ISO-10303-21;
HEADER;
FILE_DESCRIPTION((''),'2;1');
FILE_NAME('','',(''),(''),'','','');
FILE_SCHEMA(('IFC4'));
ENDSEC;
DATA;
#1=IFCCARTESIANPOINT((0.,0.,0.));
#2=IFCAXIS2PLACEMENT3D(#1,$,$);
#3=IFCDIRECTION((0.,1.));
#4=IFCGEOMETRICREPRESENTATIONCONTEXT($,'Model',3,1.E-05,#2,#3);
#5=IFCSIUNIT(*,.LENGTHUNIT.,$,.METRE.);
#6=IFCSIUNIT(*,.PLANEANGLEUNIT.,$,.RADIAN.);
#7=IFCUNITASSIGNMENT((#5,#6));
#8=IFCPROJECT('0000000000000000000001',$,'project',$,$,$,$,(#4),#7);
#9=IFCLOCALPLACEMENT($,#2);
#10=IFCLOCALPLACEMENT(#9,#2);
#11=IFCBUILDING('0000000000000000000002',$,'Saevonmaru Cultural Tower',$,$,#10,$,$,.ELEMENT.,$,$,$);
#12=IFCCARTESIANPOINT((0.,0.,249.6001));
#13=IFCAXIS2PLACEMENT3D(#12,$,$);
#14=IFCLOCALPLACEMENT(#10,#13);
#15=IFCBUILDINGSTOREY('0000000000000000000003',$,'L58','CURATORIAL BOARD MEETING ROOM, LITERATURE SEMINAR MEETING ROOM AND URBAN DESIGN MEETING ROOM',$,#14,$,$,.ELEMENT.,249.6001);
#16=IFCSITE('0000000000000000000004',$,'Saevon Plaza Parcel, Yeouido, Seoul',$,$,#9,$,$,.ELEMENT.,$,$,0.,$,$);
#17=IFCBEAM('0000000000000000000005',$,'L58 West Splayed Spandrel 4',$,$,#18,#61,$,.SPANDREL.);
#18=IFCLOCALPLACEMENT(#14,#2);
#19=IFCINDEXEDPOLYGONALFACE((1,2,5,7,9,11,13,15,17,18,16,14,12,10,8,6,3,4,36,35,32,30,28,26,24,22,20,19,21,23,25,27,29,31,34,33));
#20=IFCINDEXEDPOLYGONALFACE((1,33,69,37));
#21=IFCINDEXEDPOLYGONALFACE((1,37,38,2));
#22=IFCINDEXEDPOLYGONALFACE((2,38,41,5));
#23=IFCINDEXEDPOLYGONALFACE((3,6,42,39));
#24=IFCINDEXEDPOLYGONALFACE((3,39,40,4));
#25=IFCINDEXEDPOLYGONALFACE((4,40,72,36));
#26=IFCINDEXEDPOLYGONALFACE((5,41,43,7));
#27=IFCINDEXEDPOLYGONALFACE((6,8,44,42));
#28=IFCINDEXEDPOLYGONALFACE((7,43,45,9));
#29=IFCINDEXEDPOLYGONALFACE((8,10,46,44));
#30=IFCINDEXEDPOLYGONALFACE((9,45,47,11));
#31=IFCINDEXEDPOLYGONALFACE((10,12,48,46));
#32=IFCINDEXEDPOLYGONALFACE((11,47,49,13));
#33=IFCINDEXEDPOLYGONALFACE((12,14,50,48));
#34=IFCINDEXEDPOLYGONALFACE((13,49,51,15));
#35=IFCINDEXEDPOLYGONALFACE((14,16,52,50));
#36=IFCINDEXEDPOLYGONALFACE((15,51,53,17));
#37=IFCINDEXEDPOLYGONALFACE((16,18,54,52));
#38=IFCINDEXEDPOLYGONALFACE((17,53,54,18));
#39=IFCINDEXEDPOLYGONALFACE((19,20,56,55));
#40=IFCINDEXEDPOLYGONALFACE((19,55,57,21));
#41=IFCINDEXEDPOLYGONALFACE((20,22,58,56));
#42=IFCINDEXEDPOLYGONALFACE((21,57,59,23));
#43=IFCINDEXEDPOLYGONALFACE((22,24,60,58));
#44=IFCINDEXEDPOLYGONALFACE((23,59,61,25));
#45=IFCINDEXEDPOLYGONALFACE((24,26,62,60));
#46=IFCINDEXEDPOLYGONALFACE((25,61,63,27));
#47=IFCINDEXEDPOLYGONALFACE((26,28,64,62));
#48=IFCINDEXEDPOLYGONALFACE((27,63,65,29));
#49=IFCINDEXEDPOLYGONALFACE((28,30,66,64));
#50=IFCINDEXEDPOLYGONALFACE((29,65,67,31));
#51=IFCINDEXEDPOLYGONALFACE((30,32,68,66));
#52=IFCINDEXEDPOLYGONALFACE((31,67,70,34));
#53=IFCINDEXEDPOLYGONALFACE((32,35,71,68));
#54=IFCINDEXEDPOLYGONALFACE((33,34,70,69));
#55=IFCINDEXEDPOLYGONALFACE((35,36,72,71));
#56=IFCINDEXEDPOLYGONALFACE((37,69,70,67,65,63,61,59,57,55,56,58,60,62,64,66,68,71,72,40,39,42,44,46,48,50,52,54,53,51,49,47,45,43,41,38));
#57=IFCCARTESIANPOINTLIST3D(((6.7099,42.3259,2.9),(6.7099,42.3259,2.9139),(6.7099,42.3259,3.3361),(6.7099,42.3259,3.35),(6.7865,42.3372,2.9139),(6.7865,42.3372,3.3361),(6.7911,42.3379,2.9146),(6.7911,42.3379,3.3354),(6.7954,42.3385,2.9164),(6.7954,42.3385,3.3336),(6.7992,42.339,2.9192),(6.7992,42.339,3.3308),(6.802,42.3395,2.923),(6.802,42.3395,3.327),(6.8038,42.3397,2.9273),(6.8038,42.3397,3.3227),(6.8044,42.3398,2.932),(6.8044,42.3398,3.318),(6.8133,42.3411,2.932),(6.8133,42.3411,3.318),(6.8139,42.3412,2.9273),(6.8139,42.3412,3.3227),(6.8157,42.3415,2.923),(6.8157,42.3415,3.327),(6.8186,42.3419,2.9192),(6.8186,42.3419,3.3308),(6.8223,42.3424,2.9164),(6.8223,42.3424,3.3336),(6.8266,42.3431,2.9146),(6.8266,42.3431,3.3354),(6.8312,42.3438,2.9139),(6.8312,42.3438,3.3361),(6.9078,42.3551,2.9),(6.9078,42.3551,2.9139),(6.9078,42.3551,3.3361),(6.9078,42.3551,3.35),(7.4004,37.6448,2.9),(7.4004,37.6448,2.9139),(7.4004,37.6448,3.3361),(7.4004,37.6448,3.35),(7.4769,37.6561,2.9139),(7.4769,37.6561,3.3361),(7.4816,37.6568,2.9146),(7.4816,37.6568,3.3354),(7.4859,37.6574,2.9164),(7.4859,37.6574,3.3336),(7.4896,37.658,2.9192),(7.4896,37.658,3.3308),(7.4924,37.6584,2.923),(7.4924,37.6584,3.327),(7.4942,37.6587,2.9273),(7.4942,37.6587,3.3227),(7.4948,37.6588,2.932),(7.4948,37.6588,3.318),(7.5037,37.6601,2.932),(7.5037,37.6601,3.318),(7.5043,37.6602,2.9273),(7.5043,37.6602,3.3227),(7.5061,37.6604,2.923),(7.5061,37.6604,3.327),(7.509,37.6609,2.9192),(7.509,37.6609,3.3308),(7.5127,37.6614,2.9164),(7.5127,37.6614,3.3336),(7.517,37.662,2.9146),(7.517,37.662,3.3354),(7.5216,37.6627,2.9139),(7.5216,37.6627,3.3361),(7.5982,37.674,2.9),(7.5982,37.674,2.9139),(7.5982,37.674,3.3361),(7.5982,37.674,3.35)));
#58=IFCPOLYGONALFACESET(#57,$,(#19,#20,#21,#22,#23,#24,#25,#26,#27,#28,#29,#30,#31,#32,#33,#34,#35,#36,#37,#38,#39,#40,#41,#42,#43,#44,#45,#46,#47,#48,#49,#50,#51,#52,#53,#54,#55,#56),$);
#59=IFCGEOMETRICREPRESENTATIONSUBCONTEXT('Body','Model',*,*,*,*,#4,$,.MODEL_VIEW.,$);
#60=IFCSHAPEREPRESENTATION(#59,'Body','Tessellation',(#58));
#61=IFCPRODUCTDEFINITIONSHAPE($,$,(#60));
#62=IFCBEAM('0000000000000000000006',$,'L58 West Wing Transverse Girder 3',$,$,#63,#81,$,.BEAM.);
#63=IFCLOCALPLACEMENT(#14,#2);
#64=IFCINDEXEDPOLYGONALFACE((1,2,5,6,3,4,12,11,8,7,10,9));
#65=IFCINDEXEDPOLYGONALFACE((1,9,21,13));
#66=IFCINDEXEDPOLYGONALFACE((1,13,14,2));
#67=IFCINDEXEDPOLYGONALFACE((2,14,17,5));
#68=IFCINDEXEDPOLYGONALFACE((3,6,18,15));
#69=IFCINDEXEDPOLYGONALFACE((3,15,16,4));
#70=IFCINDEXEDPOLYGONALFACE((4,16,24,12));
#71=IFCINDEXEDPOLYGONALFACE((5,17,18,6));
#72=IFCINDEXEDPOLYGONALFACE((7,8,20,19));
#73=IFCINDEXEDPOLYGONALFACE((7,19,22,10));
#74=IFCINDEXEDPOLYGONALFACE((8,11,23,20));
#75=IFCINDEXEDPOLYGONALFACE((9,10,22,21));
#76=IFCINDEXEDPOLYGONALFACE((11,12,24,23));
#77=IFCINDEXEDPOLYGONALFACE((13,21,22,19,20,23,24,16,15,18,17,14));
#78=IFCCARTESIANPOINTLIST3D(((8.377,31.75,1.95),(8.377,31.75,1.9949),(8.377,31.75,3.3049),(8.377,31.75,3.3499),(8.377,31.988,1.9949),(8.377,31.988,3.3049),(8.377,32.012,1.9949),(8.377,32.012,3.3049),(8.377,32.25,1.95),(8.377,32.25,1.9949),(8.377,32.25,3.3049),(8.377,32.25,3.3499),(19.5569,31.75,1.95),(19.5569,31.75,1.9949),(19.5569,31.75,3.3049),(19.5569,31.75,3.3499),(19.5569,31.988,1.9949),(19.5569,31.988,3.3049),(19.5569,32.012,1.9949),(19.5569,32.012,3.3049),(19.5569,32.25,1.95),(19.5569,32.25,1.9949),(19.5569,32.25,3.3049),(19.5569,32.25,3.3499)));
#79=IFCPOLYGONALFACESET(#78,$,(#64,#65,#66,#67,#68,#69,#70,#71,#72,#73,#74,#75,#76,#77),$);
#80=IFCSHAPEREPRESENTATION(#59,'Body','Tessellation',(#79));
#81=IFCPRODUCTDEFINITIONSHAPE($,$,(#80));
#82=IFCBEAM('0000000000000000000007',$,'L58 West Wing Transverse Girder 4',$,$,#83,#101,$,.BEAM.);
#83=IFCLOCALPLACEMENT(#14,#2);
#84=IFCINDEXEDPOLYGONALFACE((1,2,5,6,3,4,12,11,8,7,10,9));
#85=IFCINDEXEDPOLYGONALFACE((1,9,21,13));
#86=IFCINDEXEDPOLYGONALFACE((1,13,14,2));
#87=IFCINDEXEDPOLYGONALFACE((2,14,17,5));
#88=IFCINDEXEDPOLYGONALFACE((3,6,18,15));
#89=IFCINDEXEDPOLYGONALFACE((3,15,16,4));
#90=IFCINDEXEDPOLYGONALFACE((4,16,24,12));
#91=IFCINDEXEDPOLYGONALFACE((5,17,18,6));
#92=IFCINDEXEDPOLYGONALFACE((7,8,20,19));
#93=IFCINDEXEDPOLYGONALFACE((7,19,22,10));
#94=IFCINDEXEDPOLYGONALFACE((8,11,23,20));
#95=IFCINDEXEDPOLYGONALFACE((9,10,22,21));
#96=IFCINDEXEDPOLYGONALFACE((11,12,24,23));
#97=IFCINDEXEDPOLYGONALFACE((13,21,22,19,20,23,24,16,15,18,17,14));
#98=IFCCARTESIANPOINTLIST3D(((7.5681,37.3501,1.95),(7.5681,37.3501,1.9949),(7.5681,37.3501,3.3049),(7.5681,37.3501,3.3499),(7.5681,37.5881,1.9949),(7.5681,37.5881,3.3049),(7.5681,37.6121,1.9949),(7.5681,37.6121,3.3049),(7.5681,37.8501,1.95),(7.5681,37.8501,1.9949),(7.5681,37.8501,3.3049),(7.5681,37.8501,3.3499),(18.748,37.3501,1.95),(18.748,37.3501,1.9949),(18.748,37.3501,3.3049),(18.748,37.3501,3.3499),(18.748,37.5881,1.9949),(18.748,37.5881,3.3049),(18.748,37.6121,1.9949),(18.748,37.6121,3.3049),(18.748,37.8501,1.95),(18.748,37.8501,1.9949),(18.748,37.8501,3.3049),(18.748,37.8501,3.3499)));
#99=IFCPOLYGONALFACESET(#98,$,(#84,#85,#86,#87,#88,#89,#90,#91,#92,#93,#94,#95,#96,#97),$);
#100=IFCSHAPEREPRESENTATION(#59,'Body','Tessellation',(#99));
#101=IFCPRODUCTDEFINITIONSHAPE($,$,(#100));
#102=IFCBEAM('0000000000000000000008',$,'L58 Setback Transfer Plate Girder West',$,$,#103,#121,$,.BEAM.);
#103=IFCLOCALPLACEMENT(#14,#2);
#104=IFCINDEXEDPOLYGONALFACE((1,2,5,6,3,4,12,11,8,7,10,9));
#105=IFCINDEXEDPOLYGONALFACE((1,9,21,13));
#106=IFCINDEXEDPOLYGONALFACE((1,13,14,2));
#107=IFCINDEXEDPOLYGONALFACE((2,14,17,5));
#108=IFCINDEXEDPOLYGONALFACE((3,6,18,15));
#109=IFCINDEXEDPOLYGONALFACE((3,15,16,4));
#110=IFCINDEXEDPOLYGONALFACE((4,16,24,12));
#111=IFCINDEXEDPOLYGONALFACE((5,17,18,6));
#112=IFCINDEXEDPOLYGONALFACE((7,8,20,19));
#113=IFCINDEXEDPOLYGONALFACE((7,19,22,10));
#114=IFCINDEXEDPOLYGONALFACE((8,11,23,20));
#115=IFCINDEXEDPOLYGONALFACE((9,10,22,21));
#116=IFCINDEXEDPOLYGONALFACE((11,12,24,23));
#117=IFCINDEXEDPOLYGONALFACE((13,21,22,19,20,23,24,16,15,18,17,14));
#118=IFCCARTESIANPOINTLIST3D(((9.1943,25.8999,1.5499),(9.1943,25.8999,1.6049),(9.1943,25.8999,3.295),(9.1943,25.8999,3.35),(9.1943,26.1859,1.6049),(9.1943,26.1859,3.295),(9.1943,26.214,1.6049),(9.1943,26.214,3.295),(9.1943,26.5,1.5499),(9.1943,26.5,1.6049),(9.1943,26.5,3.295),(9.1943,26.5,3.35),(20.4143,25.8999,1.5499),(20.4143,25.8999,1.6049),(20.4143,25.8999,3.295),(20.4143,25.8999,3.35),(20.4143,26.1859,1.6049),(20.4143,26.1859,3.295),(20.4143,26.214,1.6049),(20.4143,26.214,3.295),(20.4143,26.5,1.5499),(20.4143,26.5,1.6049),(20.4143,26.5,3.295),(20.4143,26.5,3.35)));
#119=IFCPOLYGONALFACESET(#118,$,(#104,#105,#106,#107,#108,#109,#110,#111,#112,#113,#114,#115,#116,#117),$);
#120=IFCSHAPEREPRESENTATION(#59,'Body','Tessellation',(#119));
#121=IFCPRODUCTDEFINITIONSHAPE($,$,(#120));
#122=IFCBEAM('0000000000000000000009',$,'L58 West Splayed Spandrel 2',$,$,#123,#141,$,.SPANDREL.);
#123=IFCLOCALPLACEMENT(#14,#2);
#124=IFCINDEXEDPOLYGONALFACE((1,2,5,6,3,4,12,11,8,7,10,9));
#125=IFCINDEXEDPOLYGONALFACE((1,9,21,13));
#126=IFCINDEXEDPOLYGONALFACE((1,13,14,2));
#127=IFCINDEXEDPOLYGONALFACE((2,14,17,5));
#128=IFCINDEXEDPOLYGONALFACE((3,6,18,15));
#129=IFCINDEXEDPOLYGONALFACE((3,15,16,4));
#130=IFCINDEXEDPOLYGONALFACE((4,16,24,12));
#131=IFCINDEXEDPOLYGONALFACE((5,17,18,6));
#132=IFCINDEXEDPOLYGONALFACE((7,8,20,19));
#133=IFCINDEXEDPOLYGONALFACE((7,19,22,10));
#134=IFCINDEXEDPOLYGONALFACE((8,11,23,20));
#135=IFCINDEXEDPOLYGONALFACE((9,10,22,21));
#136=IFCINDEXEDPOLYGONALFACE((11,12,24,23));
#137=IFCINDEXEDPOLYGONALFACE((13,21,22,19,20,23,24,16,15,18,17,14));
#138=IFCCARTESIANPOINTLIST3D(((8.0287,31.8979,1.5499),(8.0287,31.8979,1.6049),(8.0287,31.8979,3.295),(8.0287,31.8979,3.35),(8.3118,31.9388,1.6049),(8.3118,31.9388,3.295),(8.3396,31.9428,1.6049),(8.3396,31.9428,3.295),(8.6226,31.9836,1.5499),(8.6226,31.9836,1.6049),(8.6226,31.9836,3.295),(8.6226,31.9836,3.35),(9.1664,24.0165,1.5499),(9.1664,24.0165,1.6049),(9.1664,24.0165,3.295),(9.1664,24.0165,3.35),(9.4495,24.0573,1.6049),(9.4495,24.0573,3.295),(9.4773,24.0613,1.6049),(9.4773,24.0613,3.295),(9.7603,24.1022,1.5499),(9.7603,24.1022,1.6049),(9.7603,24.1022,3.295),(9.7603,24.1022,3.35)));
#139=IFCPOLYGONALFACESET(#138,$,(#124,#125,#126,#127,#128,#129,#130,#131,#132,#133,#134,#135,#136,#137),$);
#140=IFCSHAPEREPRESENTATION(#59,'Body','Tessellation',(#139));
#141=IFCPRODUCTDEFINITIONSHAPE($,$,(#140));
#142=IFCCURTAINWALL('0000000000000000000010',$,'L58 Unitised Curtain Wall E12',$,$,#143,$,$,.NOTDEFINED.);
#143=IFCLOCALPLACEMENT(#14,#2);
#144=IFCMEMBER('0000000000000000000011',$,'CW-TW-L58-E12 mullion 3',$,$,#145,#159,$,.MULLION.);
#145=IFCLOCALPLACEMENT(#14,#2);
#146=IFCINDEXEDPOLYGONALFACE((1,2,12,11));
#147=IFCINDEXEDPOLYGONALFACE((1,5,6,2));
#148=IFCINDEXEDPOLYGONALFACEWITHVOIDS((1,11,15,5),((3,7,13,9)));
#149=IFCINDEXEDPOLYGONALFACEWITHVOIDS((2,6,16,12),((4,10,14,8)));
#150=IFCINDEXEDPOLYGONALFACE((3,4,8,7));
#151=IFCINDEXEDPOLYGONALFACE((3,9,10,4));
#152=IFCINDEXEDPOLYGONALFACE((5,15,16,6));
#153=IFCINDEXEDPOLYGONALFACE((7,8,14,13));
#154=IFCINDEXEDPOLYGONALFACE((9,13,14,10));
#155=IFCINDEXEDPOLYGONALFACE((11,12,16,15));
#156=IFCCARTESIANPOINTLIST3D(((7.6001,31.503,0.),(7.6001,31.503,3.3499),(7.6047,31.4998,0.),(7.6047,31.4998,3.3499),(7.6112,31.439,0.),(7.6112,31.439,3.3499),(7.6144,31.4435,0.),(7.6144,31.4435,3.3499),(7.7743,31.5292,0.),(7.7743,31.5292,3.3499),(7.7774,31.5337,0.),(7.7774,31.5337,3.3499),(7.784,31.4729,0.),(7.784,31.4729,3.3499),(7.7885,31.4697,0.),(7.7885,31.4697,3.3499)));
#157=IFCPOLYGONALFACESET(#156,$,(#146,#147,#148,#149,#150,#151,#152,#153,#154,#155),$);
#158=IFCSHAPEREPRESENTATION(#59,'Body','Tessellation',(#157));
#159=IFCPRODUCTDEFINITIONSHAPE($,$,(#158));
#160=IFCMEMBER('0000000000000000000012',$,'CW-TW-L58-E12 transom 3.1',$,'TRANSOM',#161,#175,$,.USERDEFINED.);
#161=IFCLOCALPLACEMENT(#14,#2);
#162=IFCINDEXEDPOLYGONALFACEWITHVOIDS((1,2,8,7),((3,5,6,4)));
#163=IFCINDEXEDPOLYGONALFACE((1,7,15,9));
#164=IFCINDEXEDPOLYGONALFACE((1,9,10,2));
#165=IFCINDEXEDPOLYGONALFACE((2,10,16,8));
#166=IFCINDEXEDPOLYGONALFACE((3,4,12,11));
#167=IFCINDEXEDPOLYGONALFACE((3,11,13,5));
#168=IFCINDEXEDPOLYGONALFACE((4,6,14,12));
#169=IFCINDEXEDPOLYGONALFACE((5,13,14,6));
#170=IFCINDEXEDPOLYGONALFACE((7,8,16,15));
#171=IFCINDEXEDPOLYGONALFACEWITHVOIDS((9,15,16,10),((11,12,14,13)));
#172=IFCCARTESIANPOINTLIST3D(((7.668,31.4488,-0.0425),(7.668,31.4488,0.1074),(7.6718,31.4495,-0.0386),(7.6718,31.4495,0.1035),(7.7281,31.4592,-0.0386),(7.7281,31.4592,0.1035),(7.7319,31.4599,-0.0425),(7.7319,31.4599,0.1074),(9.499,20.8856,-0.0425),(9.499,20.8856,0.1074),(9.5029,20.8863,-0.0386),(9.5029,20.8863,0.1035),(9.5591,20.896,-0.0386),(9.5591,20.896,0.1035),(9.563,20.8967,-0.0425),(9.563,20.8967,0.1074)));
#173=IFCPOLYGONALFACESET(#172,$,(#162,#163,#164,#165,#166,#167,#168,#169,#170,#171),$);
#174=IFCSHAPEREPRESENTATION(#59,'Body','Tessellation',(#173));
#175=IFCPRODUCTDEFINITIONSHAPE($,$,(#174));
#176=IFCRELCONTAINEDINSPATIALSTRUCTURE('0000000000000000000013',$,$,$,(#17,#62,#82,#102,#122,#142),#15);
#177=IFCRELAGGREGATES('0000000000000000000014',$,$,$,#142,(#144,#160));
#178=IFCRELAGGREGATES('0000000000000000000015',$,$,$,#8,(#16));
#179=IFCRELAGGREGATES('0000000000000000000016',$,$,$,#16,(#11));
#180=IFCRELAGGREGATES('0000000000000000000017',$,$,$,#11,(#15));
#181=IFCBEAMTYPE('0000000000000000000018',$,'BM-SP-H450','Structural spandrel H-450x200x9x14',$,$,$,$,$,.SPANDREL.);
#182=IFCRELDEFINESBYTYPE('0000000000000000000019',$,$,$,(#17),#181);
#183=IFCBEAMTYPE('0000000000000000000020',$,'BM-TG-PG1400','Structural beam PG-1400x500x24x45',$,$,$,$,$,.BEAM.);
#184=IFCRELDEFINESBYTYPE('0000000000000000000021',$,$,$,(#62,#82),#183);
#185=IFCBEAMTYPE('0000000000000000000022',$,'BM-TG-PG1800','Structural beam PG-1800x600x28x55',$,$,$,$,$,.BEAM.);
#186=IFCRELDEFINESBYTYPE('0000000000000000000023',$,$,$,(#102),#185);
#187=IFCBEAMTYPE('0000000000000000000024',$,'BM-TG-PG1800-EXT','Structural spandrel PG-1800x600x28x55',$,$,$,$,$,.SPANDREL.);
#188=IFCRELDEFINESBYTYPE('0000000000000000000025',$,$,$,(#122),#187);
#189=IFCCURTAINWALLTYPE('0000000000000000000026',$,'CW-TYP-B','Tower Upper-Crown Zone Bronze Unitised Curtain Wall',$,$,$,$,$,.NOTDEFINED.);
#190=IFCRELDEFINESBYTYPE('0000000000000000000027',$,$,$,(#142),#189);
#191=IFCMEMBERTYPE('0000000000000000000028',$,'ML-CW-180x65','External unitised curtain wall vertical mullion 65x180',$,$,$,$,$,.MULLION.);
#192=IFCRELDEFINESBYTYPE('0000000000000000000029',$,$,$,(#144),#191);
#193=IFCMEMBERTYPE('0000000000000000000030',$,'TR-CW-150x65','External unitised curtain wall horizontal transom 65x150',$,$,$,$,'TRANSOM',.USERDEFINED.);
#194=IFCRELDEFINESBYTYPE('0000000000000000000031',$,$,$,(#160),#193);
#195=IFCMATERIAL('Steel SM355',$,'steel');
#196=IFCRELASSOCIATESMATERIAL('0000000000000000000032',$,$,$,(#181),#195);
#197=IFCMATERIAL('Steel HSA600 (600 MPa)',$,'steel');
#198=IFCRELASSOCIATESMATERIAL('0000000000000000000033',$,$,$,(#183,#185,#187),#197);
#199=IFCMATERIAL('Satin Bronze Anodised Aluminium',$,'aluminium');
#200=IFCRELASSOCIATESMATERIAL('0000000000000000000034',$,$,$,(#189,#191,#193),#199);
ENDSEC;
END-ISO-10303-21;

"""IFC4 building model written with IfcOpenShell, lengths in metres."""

from ifc_helpers import new_model, si_unit, direction, frame, origin, origin_2d, place, context, subcontext, project, spatial, hollow_rectangle, i_section, extrude, material, material_profile, profile_set, type_object, element, aggregate, save


model = new_model("IFC4")

# Units and contexts
model_context = context("Model", 3, precision=1e-05, world=origin(), true_north=direction((0.0, 1.0)))
body_context = subcontext(model_context, "Body", "Model", "MODEL_VIEW")
ifc_project = project(units=[si_unit("LENGTHUNIT", "METRE"), si_unit("PLANEANGLEUNIT", "RADIAN")], contexts=[model_context])

# Site, building, storey
site_placement = place(None, origin())
site = spatial("IfcSite", under=ifc_project, at=site_placement, Name="Saevon Plaza Parcel, Yeouido, Seoul", CompositionType="ELEMENT", RefElevation=0.0)
building_placement = place(site_placement, origin())
building = spatial("IfcBuilding", under=site, at=building_placement, Name="Saevonmaru Cultural Tower", CompositionType="ELEMENT")
storey_placement = place(building_placement, frame((0.0, 0.0, 249.6001)))
storey = spatial("IfcBuildingStorey", under=building, at=storey_placement, Name="L58", Description="CURATORIAL BOARD MEETING ROOM, LITERATURE SEMINAR MEETING ROOM AND URBAN DESIGN MEETING ROOM", CompositionType="ELEMENT", Elevation=249.6001)

# Beams
ifc_material_1 = material(Name="Steel SM355", Category="steel")
ifc_material_profile_1 = material_profile(ifc_material_1, i_section(OverallWidth=0.2, OverallDepth=0.45, WebThickness=0.009, FlangeThickness=0.0139, FilletRadius=0.0181, at=origin_2d()), Name="H-450x200x9x14")
ifc_profile_set_1 = profile_set([ifc_material_profile_1], Name="Steel SM355")
beam_type_1 = type_object("IfcBeamType", Name="BM-SP-H450", Description="Structural spandrel H-450x200x9x14", PredefinedType="SPANDREL", material=ifc_profile_set_1)
beam_1_placement = place(storey_placement, frame((7.4993, 37.6594, 3.125), z_axis=(-0.145913, 0.989297, 0.0), x_axis=(-0.989297, -0.145913, 0.0)))
element("IfcBeam", 1, at=beam_1_placement, inside=storey, type_object=beam_type_1, Name="L58 West Splayed Spandrel 4", PredefinedType="SPANDREL", context=body_context, shape_type="SweptSolid", body=[
    extrude(i_section(OverallWidth=0.2, OverallDepth=0.45, WebThickness=0.009, FlangeThickness=0.0139, FilletRadius=0.0181, at=origin_2d()), origin(), (0.0, 0.0, 1.0), 4.7317),
])
ifc_material_2 = material(Name="Steel HSA600 (600 MPa)", Category="steel")
ifc_material_profile_2 = material_profile(ifc_material_2, i_section(OverallWidth=0.5, OverallDepth=1.3999, WebThickness=0.0239, FlangeThickness=0.0449, at=origin_2d()), Name="PG-1400x500x24x45")
ifc_profile_set_2 = profile_set([ifc_material_profile_2], Name="Steel HSA600 (600 MPa)")
beam_type_2 = type_object("IfcBeamType", Name="BM-TG-PG1400", Description="Structural beam PG-1400x500x24x45", PredefinedType="BEAM", material=ifc_profile_set_2)
for number, where, z_axis, x_axis, name in (
    (2, (8.377, 32.0, 2.6499), (1.0, 0.0, 0.0), (0.0, 1.0, 0.0), "L58 West Wing Transverse Girder 3"),
    (3, (7.5681, 37.6001, 2.6499), (1.0, 0.0, 0.0), (0.0, 1.0, 0.0), "L58 West Wing Transverse Girder 4"),
):
    element("IfcBeam", number, at=place(storey_placement, frame(where, z_axis=z_axis, x_axis=x_axis)), inside=storey, type_object=beam_type_2, Name=name, PredefinedType="BEAM", context=body_context, shape_type="SweptSolid", body=[
        extrude(i_section(OverallWidth=0.5, OverallDepth=1.3999, WebThickness=0.0239, FlangeThickness=0.0449, at=origin_2d()), origin(), (0.0, 0.0, 1.0), 11.1799),
    ])
ifc_material_profile_3 = material_profile(ifc_material_2, i_section(OverallWidth=0.6001, OverallDepth=1.8, WebThickness=0.0281, FlangeThickness=0.0549, at=origin_2d()), Name="PG-1800x600x28x55")
ifc_profile_set_3 = profile_set([ifc_material_profile_3], Name="Steel HSA600 (600 MPa)")
beam_type_3 = type_object("IfcBeamType", Name="BM-TG-PG1800", Description="Structural beam PG-1800x600x28x55", PredefinedType="BEAM", material=ifc_profile_set_3)
beam_2_placement = place(storey_placement, frame((9.1943, 26.2, 2.45), z_axis=(1.0, 0.0, 0.0), x_axis=(0.0, 1.0, 0.0)))
element("IfcBeam", 4, at=beam_2_placement, inside=storey, type_object=beam_type_3, Name="L58 Setback Transfer Plate Girder West", PredefinedType="BEAM", context=body_context, shape_type="SweptSolid", body=[
    extrude(i_section(OverallWidth=0.6001, OverallDepth=1.8, WebThickness=0.0281, FlangeThickness=0.0549, at=origin_2d()), origin(), (0.0, 0.0, 1.0), 11.22),
])
ifc_material_profile_4 = material_profile(ifc_material_2, i_section(OverallWidth=0.6001, OverallDepth=1.8, WebThickness=0.0281, FlangeThickness=0.0549, at=origin_2d()), Name="PG-1800x600x28x55")
ifc_profile_set_4 = profile_set([ifc_material_profile_4], Name="Steel HSA600 (600 MPa)")
beam_type_4 = type_object("IfcBeamType", Name="BM-TG-PG1800-EXT", Description="Structural spandrel PG-1800x600x28x55", PredefinedType="SPANDREL", material=ifc_profile_set_4)
beam_3_placement = place(storey_placement, frame((9.4634, 24.0593, 2.45), z_axis=(-0.142872, 0.989741, 0.0), x_axis=(-0.989741, -0.142872, 0.0)))
element("IfcBeam", 5, at=beam_3_placement, inside=storey, type_object=beam_type_4, Name="L58 West Splayed Spandrel 2", PredefinedType="SPANDREL", context=body_context, shape_type="SweptSolid", body=[
    extrude(i_section(OverallWidth=0.6001, OverallDepth=1.8, WebThickness=0.0281, FlangeThickness=0.0549, at=origin_2d()), origin(), (0.0, 0.0, 1.0), 7.9631),
])

# Curtain wall, members
ifc_material_3 = material(Name="Satin Bronze Anodised Aluminium", Category="aluminium")
curtain_wall_type = type_object("IfcCurtainWallType", Name="CW-TYP-B", Description="Tower Upper-Crown Zone Bronze Unitised Curtain Wall", PredefinedType="NOTDEFINED", material=ifc_material_3)
curtain_wall_placement = place(storey_placement, origin())
curtain_wall = element("IfcCurtainWall", 6, at=curtain_wall_placement, inside=storey, type_object=curtain_wall_type, Name="L58 Unitised Curtain Wall E12", PredefinedType="NOTDEFINED")
ifc_material_profile_5 = material_profile(ifc_material_3, hollow_rectangle(XDim=0.0649, YDim=0.1799, WallThickness=0.0039, at=origin_2d()), Name="ALU-MULL-180x65x4")
ifc_profile_set_5 = profile_set([ifc_material_profile_5], Name="Satin Bronze Anodised Aluminium")
member_type_1 = type_object("IfcMemberType", Name="ML-CW-180x65", Description="External unitised curtain wall vertical mullion 65x180", PredefinedType="MULLION", material=ifc_profile_set_5)
member_1_placement = place(storey_placement, frame((7.6943, 31.4863, 0.0), z_axis=(0.0, 0.0, 1.0), x_axis=(0.17079, -0.985307, 0.0)))
member_1 = element("IfcMember", 7, at=member_1_placement, type_object=member_type_1, Name="CW-TW-L58-E12 mullion 3", PredefinedType="MULLION", context=body_context, shape_type="SweptSolid", body=[
    extrude(hollow_rectangle(XDim=0.0649, YDim=0.1799, WallThickness=0.0039, at=origin_2d()), origin(), (0.0, 0.0, 1.0), 3.3499),
])
ifc_material_profile_6 = material_profile(ifc_material_3, hollow_rectangle(XDim=0.0649, YDim=0.1499, WallThickness=0.0039, at=origin_2d()), Name="ALU-TRAN-150x65x4")
ifc_profile_set_6 = profile_set([ifc_material_profile_6], Name="Satin Bronze Anodised Aluminium")
member_type_2 = type_object("IfcMemberType", Name="TR-CW-150x65", Description="External unitised curtain wall horizontal transom 65x150", ElementType="TRANSOM", PredefinedType="USERDEFINED", material=ifc_profile_set_6)
member_2_placement = place(storey_placement, frame((7.7, 31.4543, 0.0325), z_axis=(0.170795, -0.985307, 0.0), x_axis=(0.985307, 0.170795, 0.0)))
member_2 = element("IfcMember", 8, at=member_2_placement, type_object=member_type_2, Name="CW-TW-L58-E12 transom 3.1", ObjectType="TRANSOM", PredefinedType="USERDEFINED", context=body_context, shape_type="SweptSolid", body=[
    extrude(hollow_rectangle(XDim=0.0649, YDim=0.1499, WallThickness=0.0039, at=origin_2d()), origin(), (0.0, 0.0, 1.0), 10.7207),
])
aggregate(curtain_wall, [member_1, member_2])

save(model, "model.ifc")
